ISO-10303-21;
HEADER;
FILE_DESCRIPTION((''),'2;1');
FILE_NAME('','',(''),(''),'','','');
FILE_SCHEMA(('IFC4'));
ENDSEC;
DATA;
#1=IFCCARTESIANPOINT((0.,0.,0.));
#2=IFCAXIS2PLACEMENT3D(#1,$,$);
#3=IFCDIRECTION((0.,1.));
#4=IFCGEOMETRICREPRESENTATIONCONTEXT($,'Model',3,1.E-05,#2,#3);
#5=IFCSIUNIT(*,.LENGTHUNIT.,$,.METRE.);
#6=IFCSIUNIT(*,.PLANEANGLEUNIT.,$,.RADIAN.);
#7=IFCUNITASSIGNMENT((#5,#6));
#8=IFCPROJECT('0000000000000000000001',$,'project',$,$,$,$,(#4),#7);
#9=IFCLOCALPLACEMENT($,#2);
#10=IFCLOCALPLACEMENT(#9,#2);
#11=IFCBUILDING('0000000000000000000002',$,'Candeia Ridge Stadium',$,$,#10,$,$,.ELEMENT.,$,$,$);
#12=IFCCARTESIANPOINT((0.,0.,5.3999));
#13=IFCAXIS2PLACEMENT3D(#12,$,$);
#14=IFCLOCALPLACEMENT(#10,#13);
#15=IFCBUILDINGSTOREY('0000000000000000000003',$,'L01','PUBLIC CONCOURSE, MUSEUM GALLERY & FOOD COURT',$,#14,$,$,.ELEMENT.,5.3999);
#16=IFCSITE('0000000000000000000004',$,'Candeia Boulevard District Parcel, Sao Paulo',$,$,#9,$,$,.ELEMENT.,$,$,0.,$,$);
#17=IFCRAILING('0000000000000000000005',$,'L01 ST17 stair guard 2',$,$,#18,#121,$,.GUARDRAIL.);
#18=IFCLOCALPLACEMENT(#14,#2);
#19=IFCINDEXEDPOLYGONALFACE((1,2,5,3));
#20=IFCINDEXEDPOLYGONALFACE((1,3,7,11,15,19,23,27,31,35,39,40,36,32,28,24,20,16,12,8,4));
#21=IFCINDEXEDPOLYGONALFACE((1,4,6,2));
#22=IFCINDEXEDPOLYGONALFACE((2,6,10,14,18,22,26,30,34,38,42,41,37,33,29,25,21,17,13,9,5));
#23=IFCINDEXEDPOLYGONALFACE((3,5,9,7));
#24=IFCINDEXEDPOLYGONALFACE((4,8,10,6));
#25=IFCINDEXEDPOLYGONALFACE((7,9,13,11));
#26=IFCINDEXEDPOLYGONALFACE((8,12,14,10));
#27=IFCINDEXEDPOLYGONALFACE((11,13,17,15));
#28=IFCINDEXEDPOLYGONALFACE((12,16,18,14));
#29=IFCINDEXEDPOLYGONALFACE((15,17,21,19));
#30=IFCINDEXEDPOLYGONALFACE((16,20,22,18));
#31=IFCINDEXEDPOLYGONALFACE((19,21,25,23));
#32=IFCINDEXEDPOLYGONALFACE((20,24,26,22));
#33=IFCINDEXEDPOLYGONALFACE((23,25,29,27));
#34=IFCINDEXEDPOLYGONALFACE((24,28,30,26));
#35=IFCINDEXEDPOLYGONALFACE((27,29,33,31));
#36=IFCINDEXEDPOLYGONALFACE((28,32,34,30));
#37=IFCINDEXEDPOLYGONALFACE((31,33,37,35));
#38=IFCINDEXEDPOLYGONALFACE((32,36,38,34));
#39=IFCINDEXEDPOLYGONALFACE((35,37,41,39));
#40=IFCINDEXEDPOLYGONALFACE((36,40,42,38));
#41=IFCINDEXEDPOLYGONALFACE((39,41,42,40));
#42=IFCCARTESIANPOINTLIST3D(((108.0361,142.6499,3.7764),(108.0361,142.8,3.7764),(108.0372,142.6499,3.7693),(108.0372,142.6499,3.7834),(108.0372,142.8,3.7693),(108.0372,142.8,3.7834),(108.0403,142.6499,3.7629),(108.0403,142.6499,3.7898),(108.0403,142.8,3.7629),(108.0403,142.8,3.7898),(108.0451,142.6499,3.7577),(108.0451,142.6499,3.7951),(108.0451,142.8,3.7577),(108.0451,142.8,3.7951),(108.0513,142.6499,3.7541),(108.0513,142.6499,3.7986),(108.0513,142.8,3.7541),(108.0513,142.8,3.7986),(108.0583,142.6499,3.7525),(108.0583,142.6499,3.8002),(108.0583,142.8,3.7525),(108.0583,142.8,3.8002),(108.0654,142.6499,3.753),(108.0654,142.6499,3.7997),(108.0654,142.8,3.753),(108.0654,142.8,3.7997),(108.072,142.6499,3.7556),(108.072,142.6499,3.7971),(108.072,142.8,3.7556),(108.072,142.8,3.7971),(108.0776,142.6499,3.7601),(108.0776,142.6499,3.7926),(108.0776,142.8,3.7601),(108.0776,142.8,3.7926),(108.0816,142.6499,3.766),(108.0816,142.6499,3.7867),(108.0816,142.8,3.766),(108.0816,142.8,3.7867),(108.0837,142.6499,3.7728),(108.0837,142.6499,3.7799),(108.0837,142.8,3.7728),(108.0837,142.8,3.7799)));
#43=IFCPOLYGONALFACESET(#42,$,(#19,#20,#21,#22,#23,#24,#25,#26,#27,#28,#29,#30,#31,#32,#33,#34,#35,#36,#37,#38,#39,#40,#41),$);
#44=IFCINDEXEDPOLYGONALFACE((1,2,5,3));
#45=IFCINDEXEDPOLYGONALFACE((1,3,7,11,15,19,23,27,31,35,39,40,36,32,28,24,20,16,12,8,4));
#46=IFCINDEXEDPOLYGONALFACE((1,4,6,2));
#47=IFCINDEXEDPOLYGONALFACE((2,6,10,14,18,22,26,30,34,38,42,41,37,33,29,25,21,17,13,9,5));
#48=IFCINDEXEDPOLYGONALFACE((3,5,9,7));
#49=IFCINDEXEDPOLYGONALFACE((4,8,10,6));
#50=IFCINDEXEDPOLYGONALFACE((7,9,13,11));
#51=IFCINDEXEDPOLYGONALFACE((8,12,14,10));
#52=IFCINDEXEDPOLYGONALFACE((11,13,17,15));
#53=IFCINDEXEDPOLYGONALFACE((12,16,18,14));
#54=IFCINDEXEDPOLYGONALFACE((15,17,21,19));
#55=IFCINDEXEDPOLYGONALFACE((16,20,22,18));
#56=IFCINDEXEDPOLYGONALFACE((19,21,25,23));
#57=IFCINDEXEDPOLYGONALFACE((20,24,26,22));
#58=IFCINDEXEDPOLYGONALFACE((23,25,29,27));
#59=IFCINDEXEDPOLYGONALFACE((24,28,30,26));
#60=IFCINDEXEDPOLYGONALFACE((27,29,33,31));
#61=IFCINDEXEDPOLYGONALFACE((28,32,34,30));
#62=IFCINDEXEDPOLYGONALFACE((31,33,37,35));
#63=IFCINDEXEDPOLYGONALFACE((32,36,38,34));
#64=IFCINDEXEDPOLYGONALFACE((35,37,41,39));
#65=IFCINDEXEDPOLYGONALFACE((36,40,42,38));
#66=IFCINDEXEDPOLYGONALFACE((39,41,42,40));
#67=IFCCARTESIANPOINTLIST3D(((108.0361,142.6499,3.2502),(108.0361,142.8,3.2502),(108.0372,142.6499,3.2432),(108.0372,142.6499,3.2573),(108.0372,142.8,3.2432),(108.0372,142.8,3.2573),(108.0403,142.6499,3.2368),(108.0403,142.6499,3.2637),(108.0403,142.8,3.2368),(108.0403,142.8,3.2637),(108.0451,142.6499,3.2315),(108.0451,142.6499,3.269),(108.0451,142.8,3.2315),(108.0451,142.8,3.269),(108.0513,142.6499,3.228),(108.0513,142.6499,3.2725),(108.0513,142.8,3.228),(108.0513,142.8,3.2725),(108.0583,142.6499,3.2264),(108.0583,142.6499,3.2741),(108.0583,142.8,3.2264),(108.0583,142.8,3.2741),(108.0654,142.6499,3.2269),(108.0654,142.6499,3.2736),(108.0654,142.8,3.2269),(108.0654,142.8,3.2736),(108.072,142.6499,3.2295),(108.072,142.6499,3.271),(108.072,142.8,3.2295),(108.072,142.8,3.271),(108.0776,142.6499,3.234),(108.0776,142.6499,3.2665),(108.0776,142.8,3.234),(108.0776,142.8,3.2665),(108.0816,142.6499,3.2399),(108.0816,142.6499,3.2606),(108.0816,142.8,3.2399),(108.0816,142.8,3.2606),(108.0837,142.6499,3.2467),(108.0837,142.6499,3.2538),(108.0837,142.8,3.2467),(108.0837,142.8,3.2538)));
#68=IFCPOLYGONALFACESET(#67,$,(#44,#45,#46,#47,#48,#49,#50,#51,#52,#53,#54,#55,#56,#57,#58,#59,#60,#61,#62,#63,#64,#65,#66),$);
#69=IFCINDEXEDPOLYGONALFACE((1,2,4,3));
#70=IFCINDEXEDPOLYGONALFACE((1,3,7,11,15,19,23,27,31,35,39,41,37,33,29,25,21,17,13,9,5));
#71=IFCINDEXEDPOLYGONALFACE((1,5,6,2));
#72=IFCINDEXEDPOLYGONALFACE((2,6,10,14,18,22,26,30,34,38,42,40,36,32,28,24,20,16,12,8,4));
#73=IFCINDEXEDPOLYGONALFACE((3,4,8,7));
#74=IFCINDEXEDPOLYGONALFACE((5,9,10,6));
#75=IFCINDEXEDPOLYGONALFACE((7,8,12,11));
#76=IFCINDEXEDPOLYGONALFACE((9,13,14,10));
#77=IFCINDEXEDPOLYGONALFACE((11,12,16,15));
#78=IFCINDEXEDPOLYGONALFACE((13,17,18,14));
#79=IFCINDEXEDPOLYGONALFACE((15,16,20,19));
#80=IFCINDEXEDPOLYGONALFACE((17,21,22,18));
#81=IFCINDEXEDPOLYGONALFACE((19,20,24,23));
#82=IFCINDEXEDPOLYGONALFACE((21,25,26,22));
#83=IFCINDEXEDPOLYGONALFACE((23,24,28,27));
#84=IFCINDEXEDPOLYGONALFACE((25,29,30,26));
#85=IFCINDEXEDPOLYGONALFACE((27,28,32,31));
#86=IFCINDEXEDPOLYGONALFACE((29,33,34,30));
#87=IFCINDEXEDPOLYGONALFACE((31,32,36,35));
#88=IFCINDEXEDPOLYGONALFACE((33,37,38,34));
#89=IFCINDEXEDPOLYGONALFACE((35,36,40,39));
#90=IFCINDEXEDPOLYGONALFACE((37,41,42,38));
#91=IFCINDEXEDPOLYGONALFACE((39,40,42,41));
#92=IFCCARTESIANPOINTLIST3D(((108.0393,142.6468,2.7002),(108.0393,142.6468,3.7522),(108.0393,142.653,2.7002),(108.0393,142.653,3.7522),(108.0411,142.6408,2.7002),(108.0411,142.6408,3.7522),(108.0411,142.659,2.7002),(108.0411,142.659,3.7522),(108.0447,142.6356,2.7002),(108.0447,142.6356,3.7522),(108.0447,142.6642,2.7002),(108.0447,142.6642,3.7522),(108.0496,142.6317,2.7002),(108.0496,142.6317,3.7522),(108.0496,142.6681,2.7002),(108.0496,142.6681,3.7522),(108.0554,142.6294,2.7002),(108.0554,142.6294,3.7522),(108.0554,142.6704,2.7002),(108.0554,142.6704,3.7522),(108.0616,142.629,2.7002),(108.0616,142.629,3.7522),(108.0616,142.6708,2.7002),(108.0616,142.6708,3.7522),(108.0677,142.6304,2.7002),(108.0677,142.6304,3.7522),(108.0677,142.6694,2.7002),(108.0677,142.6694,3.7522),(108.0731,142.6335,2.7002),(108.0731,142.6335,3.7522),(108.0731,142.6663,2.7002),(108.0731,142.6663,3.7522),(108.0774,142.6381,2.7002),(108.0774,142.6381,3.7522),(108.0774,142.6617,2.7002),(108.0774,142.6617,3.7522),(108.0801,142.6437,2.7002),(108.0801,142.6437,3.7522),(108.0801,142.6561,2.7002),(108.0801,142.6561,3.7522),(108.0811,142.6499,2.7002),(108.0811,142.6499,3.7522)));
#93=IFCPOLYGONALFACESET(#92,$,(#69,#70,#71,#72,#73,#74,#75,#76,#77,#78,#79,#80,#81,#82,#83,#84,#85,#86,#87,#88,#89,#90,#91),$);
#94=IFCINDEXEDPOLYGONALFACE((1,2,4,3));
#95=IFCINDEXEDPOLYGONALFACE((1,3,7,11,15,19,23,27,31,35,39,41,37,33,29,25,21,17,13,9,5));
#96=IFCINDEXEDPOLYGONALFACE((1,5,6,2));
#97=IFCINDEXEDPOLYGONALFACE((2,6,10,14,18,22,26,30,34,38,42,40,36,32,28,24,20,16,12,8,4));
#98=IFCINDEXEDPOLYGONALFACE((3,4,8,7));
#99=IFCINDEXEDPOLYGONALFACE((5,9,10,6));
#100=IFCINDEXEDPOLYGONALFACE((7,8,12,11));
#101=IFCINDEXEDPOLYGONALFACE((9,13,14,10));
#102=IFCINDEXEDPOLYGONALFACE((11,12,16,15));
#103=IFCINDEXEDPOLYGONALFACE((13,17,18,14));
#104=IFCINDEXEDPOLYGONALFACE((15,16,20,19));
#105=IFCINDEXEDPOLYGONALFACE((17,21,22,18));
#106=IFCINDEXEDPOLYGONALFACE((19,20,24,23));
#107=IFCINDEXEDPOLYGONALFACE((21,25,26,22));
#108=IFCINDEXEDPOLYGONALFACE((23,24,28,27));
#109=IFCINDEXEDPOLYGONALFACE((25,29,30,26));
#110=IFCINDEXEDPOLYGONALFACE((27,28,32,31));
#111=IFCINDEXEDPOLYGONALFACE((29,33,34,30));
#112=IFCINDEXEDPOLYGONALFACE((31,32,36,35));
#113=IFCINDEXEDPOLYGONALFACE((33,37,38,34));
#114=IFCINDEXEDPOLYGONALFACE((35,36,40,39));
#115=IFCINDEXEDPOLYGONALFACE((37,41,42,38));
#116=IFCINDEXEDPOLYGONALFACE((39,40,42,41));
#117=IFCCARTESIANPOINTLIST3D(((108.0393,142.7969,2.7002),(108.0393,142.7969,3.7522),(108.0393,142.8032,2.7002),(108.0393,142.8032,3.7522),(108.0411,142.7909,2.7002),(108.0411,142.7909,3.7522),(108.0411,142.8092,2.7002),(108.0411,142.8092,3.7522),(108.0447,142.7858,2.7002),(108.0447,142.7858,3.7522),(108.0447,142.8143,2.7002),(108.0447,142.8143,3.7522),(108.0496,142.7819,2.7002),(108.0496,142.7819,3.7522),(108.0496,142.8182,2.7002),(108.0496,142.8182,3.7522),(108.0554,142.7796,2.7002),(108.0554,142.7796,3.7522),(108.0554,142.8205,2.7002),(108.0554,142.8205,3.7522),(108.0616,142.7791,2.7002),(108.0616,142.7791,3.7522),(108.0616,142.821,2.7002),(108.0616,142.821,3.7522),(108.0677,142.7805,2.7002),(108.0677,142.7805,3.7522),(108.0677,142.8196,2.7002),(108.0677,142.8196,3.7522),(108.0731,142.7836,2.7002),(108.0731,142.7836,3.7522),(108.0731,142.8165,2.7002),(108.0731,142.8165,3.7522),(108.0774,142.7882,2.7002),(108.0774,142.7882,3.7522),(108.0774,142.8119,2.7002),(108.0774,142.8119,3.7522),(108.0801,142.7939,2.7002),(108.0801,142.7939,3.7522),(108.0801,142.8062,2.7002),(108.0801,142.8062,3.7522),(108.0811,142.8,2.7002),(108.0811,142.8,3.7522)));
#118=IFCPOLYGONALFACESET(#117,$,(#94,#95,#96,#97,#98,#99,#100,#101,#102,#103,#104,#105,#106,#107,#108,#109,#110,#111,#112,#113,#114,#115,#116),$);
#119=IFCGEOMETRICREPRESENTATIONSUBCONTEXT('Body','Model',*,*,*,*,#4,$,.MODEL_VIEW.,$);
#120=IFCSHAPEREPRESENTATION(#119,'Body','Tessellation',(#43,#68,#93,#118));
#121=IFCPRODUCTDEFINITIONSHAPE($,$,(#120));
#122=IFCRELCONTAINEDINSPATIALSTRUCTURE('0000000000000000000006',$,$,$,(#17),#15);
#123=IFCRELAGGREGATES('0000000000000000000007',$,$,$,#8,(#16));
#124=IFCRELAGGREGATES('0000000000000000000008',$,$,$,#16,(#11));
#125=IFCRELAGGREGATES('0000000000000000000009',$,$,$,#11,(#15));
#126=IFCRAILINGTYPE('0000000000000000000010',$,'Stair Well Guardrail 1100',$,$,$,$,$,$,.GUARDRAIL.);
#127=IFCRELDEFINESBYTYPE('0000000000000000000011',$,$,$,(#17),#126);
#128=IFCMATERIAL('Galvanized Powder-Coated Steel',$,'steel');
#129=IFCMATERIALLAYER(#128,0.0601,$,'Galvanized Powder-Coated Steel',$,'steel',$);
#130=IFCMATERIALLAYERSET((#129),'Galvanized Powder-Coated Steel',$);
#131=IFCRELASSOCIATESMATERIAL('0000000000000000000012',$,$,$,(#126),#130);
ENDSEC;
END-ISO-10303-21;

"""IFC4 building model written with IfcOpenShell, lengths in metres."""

from ifc_helpers import new_model, si_unit, direction, frame, origin, origin_2d, place, context, subcontext, project, spatial, circle, extrude, material, layer, layer_set, type_object, element, save


model = new_model("IFC4")

# Units and contexts
model_context = context("Model", 3, precision=1e-05, world=origin(), true_north=direction((0.0, 1.0)))
body_context = subcontext(model_context, "Body", "Model", "MODEL_VIEW")
ifc_project = project(units=[si_unit("LENGTHUNIT", "METRE"), si_unit("PLANEANGLEUNIT", "RADIAN")], contexts=[model_context])

# Site, building, storey
site_placement = place(None, origin())
site = spatial("IfcSite", under=ifc_project, at=site_placement, Name="Candeia Boulevard District Parcel, Sao Paulo", CompositionType="ELEMENT", RefElevation=0.0)
building_placement = place(site_placement, origin())
building = spatial("IfcBuilding", under=site, at=building_placement, Name="Candeia Ridge Stadium", CompositionType="ELEMENT")
storey_placement = place(building_placement, frame((0.0, 0.0, 5.3999)))
storey = spatial("IfcBuildingStorey", under=building, at=storey_placement, Name="L01", Description="PUBLIC CONCOURSE, MUSEUM GALLERY & FOOD COURT", CompositionType="ELEMENT", Elevation=5.3999)

# Railing
ifc_material_1 = material(Name="Galvanized Powder-Coated Steel", Category="steel")
ifc_layer_1 = layer(ifc_material_1, 0.0601, Name="Galvanized Powder-Coated Steel", Category="steel")
ifc_layer_set_1 = layer_set([ifc_layer_1], Name="Galvanized Powder-Coated Steel")
railing_type_1 = type_object("IfcRailingType", Name="Stair Well Guardrail 1100", PredefinedType="GUARDRAIL", material=ifc_layer_set_1)
railing_1_placement = place(storey_placement, frame((108.0601, 142.6499, 2.7002)))
element("IfcRailing", 1, at=railing_1_placement, inside=storey, type_object=railing_type_1, Name="L01 ST17 stair guard 2", PredefinedType="GUARDRAIL", context=body_context, shape_type="SweptSolid", body=[
    extrude(circle(Radius=0.0239, at=origin_2d()), frame((0.0, 0.0, 1.0762), z_axis=(0.0, 1.0, 0.0), x_axis=(-1.0, 0.0, 0.0)), (0.0, 0.0, 1.0), 0.1501),
    extrude(circle(Radius=0.0239, at=origin_2d()), frame((0.0, 0.0, 0.55), z_axis=(0.0, 1.0, 0.0), x_axis=(-1.0, 0.0, 0.0)), (0.0, 0.0, 1.0), 0.1501),
    extrude(circle(Radius=0.021, at=origin_2d()), origin(), (0.0, 0.0, 1.0), 1.052),
    extrude(circle(Radius=0.021, at=origin_2d()), frame((0.0, 0.1501, 0.0)), (0.0, 0.0, 1.0), 1.052),
])

save(model, "model.ifc")
